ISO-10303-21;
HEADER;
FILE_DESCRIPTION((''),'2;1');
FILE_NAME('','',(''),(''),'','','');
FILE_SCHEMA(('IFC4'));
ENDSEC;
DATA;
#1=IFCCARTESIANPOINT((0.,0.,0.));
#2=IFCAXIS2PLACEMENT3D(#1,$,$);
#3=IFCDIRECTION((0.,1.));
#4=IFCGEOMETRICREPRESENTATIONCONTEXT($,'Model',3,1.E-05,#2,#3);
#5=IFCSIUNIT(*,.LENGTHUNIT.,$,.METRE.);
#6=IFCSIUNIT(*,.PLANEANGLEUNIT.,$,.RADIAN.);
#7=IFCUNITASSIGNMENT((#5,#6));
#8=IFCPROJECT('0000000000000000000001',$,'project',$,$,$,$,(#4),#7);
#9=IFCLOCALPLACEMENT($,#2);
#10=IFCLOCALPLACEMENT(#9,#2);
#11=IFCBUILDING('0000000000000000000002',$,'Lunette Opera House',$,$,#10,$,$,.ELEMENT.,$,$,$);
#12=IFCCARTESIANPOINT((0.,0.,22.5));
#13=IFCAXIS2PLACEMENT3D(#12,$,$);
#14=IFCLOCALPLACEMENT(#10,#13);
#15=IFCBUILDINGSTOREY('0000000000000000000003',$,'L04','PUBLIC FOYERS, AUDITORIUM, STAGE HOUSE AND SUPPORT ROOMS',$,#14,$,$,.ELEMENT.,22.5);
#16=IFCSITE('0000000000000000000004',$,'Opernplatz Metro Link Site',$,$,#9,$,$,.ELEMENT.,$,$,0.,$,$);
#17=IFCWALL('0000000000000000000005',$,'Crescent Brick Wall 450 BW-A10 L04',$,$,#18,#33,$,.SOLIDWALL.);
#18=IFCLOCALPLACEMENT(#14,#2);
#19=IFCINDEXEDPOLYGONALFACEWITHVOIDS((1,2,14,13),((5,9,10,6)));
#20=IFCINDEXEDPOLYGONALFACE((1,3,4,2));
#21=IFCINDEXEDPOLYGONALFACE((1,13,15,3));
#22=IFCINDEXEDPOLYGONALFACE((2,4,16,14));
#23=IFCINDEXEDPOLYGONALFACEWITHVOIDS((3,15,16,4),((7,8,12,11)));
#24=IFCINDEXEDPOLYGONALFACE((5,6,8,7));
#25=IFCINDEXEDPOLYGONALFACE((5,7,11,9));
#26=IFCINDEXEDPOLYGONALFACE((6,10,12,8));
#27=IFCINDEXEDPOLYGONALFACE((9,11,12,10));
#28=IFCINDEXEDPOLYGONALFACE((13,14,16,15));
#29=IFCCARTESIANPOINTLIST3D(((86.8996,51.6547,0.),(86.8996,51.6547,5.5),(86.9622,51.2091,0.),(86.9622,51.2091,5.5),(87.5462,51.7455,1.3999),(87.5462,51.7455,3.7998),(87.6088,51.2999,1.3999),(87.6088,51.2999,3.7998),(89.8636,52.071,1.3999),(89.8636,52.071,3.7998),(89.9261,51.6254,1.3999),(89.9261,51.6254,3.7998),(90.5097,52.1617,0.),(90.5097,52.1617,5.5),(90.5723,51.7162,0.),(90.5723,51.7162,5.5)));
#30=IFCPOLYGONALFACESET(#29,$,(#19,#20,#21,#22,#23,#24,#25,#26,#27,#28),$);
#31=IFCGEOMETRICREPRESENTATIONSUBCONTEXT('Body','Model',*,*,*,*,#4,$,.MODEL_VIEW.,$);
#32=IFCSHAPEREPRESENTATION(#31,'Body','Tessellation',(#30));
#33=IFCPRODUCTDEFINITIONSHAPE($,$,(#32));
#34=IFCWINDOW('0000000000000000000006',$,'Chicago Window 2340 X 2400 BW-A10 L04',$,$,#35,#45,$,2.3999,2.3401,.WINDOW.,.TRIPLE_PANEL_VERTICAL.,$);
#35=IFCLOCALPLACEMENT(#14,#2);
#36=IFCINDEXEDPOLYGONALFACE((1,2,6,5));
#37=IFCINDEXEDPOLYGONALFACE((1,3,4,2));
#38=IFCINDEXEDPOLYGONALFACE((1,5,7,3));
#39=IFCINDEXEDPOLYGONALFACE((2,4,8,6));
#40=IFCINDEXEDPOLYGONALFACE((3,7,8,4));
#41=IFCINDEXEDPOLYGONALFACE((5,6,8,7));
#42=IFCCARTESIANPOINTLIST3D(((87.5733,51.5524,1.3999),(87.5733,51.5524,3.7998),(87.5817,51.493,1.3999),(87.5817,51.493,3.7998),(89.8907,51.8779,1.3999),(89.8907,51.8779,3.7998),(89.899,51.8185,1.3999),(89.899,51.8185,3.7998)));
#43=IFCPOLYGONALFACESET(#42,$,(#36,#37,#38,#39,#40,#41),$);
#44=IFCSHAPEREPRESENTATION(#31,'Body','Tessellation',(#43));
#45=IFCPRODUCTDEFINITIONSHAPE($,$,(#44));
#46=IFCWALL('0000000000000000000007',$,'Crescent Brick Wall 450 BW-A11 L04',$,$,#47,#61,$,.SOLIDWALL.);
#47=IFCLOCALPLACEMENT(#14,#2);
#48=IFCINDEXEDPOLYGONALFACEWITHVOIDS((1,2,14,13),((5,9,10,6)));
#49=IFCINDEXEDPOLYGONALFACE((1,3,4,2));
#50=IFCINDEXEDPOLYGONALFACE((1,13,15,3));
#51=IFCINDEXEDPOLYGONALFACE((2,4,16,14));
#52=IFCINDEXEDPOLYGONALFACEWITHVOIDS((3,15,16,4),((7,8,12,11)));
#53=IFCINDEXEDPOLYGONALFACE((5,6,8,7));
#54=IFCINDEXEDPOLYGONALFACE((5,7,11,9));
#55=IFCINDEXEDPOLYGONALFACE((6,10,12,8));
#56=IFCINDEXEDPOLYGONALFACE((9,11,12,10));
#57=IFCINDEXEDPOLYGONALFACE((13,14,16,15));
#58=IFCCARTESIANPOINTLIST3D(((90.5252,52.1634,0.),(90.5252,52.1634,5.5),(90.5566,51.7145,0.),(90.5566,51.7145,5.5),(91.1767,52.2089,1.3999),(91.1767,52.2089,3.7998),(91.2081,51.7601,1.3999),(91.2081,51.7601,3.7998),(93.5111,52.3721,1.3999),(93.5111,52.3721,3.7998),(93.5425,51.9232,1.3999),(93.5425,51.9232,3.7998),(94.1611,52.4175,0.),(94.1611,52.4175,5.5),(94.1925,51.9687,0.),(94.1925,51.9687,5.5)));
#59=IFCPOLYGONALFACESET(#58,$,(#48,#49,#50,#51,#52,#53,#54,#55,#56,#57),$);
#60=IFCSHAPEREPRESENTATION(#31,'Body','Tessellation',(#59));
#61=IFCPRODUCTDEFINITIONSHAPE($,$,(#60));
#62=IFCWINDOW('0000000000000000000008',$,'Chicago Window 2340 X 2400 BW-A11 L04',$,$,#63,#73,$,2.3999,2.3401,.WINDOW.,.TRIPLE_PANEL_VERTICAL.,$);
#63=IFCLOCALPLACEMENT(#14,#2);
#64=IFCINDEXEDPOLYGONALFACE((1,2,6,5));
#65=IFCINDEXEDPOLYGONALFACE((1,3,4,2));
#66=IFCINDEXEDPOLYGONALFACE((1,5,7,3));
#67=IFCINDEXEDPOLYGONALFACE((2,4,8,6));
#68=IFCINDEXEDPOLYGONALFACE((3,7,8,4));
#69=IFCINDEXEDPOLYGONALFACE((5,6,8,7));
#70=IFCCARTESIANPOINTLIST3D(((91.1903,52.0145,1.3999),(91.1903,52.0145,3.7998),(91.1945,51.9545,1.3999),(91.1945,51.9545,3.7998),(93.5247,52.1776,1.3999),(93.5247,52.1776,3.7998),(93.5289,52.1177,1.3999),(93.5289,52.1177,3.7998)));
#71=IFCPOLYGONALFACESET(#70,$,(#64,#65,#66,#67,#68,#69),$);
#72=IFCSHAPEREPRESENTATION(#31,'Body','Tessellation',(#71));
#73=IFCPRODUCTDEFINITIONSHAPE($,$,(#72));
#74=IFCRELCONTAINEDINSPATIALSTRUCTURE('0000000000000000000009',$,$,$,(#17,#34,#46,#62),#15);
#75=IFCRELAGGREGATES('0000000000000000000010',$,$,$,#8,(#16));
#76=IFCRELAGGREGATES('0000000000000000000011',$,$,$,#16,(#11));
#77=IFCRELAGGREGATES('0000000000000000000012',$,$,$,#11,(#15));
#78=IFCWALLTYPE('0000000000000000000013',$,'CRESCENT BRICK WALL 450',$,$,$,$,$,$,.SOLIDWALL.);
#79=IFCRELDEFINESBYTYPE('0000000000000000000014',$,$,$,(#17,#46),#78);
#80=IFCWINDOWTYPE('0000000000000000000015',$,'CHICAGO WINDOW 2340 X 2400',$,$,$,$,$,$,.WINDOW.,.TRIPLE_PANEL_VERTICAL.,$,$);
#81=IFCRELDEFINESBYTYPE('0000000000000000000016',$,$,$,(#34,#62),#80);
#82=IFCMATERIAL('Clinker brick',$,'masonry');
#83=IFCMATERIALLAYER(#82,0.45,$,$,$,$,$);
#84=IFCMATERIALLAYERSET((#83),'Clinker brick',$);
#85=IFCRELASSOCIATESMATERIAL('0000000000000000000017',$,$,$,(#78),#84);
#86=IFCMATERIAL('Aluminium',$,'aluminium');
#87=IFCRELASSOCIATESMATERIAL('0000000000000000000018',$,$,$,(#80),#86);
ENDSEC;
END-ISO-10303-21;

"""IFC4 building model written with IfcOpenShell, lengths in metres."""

from ifc_helpers import new_model, si_unit, direction, frame, frame_2d, origin, place, context, subcontext, project, spatial, rectangle, extrude, material, layer, layer_set, type_object, element, fill, save


model = new_model("IFC4")

# Units and contexts
model_context = context("Model", 3, precision=1e-05, world=origin(), true_north=direction((0.0, 1.0)))
body_context = subcontext(model_context, "Body", "Model", "MODEL_VIEW")
ifc_project = project(units=[si_unit("LENGTHUNIT", "METRE"), si_unit("PLANEANGLEUNIT", "RADIAN")], contexts=[model_context])

# Site, building, storey
site_placement = place(None, origin())
site = spatial("IfcSite", under=ifc_project, at=site_placement, Name="Opernplatz Metro Link Site", CompositionType="ELEMENT", RefElevation=0.0)
building_placement = place(site_placement, origin())
building = spatial("IfcBuilding", under=site, at=building_placement, Name="Lunette Opera House", CompositionType="ELEMENT")
storey_placement = place(building_placement, frame((0.0, 0.0, 22.5)))
storey = spatial("IfcBuildingStorey", under=building, at=storey_placement, Name="L04", Description="PUBLIC FOYERS, AUDITORIUM, STAGE HOUSE AND SUPPORT ROOMS", CompositionType="ELEMENT", Elevation=22.5)

# Walls, openings, windows
ifc_material_1 = material(Name="Clinker brick", Category="masonry")
ifc_layer = layer(ifc_material_1, 0.45)
ifc_layer_set = layer_set([ifc_layer], Name="Clinker brick")
wall_type = type_object("IfcWallType", Name="CRESCENT BRICK WALL 450", PredefinedType="SOLIDWALL", material=ifc_layer_set)
ifc_material_2 = material(Name="Aluminium", Category="aluminium")
window_type = type_object("IfcWindowType", Name="CHICAGO WINDOW 2340 X 2400", PartitioningType="TRIPLE_PANEL_VERTICAL", PredefinedType="WINDOW", material=ifc_material_2)
wall_1_placement = place(storey_placement, frame((86.9309, 51.4319, 0.0), z_axis=(0.0, 0.0, 1.0), x_axis=(0.990279, 0.139096, 0.0)))
wall_1 = element("IfcWall", 1, at=wall_1_placement, inside=storey, type_object=wall_type, Name="Crescent Brick Wall 450 BW-A10 L04", PredefinedType="SOLIDWALL", context=body_context, shape_type="SweptSolid", body=[
    extrude(rectangle(XDim=3.6455, YDim=0.45, at=frame_2d((1.8228, 0.0))), origin(), (0.0, 0.0, 1.0), 5.5),
])
opening_1_placement = place(wall_1_placement, frame((0.6531, 0.0, 1.3999)))
opening_1 = element("IfcOpeningElement", 2, at=opening_1_placement, cuts=wall_1, PredefinedType="OPENING", context=body_context, shape_type="SweptSolid", body=[
    extrude(rectangle(XDim=2.3401, YDim=2.3999, at=frame_2d((1.1699, 1.2))), frame((0.0, 0.2371, 0.0), z_axis=(0.0, -1.0, 0.0), x_axis=(1.0, 0.0, 0.0)), (0.0, 0.0, 1.0), 0.4739),
])
window_1_placement = place(opening_1_placement, origin())
window_1 = element("IfcWindow", 3, at=window_1_placement, inside=storey, type_object=window_type, Name="Chicago Window 2340 X 2400 BW-A10 L04", OverallHeight=2.3999, OverallWidth=2.3401, PartitioningType="TRIPLE_PANEL_VERTICAL", PredefinedType="WINDOW", context=body_context, shape_type="SweptSolid", body=[
    extrude(rectangle(XDim=2.3401, YDim=2.3999, at=frame_2d((1.1699, 1.2))), frame((0.0, 0.03, 0.0), z_axis=(0.0, -1.0, 0.0), x_axis=(1.0, 0.0, 0.0)), (0.0, 0.0, 1.0), 0.0601),
])
fill(opening_1, window_1)
wall_2_placement = place(storey_placement, frame((90.541, 51.939, 0.0), z_axis=(0.0, 0.0, 1.0), x_axis=(0.997566, 0.069728, 0.0)))
wall_2 = element("IfcWall", 4, at=wall_2_placement, inside=storey, type_object=wall_type, Name="Crescent Brick Wall 450 BW-A11 L04", PredefinedType="SOLIDWALL", context=body_context, shape_type="SweptSolid", body=[
    extrude(rectangle(XDim=3.6448, YDim=0.45, at=frame_2d((1.8223, 0.0))), origin(), (0.0, 0.0, 1.0), 5.5),
])
opening_2_placement = place(wall_2_placement, frame((0.6531, 0.0, 1.3999)))
opening_2 = element("IfcOpeningElement", 5, at=opening_2_placement, cuts=wall_2, PredefinedType="OPENING", context=body_context, shape_type="SweptSolid", body=[
    extrude(rectangle(XDim=2.3401, YDim=2.3999, at=frame_2d((1.1699, 1.2))), frame((0.0, 0.2371, 0.0), z_axis=(0.0, -1.0, 0.0), x_axis=(1.0, 0.0, 0.0)), (0.0, 0.0, 1.0), 0.4739),
])
window_2_placement = place(opening_2_placement, origin())
window_2 = element("IfcWindow", 6, at=window_2_placement, inside=storey, type_object=window_type, Name="Chicago Window 2340 X 2400 BW-A11 L04", OverallHeight=2.3999, OverallWidth=2.3401, PartitioningType="TRIPLE_PANEL_VERTICAL", PredefinedType="WINDOW", context=body_context, shape_type="SweptSolid", body=[
    extrude(rectangle(XDim=2.3401, YDim=2.3999, at=frame_2d((1.1699, 1.2))), frame((0.0, 0.03, 0.0), z_axis=(0.0, -1.0, 0.0), x_axis=(1.0, 0.0, 0.0)), (0.0, 0.0, 1.0), 0.0601),
])
fill(opening_2, window_2)

save(model, "model.ifc")
